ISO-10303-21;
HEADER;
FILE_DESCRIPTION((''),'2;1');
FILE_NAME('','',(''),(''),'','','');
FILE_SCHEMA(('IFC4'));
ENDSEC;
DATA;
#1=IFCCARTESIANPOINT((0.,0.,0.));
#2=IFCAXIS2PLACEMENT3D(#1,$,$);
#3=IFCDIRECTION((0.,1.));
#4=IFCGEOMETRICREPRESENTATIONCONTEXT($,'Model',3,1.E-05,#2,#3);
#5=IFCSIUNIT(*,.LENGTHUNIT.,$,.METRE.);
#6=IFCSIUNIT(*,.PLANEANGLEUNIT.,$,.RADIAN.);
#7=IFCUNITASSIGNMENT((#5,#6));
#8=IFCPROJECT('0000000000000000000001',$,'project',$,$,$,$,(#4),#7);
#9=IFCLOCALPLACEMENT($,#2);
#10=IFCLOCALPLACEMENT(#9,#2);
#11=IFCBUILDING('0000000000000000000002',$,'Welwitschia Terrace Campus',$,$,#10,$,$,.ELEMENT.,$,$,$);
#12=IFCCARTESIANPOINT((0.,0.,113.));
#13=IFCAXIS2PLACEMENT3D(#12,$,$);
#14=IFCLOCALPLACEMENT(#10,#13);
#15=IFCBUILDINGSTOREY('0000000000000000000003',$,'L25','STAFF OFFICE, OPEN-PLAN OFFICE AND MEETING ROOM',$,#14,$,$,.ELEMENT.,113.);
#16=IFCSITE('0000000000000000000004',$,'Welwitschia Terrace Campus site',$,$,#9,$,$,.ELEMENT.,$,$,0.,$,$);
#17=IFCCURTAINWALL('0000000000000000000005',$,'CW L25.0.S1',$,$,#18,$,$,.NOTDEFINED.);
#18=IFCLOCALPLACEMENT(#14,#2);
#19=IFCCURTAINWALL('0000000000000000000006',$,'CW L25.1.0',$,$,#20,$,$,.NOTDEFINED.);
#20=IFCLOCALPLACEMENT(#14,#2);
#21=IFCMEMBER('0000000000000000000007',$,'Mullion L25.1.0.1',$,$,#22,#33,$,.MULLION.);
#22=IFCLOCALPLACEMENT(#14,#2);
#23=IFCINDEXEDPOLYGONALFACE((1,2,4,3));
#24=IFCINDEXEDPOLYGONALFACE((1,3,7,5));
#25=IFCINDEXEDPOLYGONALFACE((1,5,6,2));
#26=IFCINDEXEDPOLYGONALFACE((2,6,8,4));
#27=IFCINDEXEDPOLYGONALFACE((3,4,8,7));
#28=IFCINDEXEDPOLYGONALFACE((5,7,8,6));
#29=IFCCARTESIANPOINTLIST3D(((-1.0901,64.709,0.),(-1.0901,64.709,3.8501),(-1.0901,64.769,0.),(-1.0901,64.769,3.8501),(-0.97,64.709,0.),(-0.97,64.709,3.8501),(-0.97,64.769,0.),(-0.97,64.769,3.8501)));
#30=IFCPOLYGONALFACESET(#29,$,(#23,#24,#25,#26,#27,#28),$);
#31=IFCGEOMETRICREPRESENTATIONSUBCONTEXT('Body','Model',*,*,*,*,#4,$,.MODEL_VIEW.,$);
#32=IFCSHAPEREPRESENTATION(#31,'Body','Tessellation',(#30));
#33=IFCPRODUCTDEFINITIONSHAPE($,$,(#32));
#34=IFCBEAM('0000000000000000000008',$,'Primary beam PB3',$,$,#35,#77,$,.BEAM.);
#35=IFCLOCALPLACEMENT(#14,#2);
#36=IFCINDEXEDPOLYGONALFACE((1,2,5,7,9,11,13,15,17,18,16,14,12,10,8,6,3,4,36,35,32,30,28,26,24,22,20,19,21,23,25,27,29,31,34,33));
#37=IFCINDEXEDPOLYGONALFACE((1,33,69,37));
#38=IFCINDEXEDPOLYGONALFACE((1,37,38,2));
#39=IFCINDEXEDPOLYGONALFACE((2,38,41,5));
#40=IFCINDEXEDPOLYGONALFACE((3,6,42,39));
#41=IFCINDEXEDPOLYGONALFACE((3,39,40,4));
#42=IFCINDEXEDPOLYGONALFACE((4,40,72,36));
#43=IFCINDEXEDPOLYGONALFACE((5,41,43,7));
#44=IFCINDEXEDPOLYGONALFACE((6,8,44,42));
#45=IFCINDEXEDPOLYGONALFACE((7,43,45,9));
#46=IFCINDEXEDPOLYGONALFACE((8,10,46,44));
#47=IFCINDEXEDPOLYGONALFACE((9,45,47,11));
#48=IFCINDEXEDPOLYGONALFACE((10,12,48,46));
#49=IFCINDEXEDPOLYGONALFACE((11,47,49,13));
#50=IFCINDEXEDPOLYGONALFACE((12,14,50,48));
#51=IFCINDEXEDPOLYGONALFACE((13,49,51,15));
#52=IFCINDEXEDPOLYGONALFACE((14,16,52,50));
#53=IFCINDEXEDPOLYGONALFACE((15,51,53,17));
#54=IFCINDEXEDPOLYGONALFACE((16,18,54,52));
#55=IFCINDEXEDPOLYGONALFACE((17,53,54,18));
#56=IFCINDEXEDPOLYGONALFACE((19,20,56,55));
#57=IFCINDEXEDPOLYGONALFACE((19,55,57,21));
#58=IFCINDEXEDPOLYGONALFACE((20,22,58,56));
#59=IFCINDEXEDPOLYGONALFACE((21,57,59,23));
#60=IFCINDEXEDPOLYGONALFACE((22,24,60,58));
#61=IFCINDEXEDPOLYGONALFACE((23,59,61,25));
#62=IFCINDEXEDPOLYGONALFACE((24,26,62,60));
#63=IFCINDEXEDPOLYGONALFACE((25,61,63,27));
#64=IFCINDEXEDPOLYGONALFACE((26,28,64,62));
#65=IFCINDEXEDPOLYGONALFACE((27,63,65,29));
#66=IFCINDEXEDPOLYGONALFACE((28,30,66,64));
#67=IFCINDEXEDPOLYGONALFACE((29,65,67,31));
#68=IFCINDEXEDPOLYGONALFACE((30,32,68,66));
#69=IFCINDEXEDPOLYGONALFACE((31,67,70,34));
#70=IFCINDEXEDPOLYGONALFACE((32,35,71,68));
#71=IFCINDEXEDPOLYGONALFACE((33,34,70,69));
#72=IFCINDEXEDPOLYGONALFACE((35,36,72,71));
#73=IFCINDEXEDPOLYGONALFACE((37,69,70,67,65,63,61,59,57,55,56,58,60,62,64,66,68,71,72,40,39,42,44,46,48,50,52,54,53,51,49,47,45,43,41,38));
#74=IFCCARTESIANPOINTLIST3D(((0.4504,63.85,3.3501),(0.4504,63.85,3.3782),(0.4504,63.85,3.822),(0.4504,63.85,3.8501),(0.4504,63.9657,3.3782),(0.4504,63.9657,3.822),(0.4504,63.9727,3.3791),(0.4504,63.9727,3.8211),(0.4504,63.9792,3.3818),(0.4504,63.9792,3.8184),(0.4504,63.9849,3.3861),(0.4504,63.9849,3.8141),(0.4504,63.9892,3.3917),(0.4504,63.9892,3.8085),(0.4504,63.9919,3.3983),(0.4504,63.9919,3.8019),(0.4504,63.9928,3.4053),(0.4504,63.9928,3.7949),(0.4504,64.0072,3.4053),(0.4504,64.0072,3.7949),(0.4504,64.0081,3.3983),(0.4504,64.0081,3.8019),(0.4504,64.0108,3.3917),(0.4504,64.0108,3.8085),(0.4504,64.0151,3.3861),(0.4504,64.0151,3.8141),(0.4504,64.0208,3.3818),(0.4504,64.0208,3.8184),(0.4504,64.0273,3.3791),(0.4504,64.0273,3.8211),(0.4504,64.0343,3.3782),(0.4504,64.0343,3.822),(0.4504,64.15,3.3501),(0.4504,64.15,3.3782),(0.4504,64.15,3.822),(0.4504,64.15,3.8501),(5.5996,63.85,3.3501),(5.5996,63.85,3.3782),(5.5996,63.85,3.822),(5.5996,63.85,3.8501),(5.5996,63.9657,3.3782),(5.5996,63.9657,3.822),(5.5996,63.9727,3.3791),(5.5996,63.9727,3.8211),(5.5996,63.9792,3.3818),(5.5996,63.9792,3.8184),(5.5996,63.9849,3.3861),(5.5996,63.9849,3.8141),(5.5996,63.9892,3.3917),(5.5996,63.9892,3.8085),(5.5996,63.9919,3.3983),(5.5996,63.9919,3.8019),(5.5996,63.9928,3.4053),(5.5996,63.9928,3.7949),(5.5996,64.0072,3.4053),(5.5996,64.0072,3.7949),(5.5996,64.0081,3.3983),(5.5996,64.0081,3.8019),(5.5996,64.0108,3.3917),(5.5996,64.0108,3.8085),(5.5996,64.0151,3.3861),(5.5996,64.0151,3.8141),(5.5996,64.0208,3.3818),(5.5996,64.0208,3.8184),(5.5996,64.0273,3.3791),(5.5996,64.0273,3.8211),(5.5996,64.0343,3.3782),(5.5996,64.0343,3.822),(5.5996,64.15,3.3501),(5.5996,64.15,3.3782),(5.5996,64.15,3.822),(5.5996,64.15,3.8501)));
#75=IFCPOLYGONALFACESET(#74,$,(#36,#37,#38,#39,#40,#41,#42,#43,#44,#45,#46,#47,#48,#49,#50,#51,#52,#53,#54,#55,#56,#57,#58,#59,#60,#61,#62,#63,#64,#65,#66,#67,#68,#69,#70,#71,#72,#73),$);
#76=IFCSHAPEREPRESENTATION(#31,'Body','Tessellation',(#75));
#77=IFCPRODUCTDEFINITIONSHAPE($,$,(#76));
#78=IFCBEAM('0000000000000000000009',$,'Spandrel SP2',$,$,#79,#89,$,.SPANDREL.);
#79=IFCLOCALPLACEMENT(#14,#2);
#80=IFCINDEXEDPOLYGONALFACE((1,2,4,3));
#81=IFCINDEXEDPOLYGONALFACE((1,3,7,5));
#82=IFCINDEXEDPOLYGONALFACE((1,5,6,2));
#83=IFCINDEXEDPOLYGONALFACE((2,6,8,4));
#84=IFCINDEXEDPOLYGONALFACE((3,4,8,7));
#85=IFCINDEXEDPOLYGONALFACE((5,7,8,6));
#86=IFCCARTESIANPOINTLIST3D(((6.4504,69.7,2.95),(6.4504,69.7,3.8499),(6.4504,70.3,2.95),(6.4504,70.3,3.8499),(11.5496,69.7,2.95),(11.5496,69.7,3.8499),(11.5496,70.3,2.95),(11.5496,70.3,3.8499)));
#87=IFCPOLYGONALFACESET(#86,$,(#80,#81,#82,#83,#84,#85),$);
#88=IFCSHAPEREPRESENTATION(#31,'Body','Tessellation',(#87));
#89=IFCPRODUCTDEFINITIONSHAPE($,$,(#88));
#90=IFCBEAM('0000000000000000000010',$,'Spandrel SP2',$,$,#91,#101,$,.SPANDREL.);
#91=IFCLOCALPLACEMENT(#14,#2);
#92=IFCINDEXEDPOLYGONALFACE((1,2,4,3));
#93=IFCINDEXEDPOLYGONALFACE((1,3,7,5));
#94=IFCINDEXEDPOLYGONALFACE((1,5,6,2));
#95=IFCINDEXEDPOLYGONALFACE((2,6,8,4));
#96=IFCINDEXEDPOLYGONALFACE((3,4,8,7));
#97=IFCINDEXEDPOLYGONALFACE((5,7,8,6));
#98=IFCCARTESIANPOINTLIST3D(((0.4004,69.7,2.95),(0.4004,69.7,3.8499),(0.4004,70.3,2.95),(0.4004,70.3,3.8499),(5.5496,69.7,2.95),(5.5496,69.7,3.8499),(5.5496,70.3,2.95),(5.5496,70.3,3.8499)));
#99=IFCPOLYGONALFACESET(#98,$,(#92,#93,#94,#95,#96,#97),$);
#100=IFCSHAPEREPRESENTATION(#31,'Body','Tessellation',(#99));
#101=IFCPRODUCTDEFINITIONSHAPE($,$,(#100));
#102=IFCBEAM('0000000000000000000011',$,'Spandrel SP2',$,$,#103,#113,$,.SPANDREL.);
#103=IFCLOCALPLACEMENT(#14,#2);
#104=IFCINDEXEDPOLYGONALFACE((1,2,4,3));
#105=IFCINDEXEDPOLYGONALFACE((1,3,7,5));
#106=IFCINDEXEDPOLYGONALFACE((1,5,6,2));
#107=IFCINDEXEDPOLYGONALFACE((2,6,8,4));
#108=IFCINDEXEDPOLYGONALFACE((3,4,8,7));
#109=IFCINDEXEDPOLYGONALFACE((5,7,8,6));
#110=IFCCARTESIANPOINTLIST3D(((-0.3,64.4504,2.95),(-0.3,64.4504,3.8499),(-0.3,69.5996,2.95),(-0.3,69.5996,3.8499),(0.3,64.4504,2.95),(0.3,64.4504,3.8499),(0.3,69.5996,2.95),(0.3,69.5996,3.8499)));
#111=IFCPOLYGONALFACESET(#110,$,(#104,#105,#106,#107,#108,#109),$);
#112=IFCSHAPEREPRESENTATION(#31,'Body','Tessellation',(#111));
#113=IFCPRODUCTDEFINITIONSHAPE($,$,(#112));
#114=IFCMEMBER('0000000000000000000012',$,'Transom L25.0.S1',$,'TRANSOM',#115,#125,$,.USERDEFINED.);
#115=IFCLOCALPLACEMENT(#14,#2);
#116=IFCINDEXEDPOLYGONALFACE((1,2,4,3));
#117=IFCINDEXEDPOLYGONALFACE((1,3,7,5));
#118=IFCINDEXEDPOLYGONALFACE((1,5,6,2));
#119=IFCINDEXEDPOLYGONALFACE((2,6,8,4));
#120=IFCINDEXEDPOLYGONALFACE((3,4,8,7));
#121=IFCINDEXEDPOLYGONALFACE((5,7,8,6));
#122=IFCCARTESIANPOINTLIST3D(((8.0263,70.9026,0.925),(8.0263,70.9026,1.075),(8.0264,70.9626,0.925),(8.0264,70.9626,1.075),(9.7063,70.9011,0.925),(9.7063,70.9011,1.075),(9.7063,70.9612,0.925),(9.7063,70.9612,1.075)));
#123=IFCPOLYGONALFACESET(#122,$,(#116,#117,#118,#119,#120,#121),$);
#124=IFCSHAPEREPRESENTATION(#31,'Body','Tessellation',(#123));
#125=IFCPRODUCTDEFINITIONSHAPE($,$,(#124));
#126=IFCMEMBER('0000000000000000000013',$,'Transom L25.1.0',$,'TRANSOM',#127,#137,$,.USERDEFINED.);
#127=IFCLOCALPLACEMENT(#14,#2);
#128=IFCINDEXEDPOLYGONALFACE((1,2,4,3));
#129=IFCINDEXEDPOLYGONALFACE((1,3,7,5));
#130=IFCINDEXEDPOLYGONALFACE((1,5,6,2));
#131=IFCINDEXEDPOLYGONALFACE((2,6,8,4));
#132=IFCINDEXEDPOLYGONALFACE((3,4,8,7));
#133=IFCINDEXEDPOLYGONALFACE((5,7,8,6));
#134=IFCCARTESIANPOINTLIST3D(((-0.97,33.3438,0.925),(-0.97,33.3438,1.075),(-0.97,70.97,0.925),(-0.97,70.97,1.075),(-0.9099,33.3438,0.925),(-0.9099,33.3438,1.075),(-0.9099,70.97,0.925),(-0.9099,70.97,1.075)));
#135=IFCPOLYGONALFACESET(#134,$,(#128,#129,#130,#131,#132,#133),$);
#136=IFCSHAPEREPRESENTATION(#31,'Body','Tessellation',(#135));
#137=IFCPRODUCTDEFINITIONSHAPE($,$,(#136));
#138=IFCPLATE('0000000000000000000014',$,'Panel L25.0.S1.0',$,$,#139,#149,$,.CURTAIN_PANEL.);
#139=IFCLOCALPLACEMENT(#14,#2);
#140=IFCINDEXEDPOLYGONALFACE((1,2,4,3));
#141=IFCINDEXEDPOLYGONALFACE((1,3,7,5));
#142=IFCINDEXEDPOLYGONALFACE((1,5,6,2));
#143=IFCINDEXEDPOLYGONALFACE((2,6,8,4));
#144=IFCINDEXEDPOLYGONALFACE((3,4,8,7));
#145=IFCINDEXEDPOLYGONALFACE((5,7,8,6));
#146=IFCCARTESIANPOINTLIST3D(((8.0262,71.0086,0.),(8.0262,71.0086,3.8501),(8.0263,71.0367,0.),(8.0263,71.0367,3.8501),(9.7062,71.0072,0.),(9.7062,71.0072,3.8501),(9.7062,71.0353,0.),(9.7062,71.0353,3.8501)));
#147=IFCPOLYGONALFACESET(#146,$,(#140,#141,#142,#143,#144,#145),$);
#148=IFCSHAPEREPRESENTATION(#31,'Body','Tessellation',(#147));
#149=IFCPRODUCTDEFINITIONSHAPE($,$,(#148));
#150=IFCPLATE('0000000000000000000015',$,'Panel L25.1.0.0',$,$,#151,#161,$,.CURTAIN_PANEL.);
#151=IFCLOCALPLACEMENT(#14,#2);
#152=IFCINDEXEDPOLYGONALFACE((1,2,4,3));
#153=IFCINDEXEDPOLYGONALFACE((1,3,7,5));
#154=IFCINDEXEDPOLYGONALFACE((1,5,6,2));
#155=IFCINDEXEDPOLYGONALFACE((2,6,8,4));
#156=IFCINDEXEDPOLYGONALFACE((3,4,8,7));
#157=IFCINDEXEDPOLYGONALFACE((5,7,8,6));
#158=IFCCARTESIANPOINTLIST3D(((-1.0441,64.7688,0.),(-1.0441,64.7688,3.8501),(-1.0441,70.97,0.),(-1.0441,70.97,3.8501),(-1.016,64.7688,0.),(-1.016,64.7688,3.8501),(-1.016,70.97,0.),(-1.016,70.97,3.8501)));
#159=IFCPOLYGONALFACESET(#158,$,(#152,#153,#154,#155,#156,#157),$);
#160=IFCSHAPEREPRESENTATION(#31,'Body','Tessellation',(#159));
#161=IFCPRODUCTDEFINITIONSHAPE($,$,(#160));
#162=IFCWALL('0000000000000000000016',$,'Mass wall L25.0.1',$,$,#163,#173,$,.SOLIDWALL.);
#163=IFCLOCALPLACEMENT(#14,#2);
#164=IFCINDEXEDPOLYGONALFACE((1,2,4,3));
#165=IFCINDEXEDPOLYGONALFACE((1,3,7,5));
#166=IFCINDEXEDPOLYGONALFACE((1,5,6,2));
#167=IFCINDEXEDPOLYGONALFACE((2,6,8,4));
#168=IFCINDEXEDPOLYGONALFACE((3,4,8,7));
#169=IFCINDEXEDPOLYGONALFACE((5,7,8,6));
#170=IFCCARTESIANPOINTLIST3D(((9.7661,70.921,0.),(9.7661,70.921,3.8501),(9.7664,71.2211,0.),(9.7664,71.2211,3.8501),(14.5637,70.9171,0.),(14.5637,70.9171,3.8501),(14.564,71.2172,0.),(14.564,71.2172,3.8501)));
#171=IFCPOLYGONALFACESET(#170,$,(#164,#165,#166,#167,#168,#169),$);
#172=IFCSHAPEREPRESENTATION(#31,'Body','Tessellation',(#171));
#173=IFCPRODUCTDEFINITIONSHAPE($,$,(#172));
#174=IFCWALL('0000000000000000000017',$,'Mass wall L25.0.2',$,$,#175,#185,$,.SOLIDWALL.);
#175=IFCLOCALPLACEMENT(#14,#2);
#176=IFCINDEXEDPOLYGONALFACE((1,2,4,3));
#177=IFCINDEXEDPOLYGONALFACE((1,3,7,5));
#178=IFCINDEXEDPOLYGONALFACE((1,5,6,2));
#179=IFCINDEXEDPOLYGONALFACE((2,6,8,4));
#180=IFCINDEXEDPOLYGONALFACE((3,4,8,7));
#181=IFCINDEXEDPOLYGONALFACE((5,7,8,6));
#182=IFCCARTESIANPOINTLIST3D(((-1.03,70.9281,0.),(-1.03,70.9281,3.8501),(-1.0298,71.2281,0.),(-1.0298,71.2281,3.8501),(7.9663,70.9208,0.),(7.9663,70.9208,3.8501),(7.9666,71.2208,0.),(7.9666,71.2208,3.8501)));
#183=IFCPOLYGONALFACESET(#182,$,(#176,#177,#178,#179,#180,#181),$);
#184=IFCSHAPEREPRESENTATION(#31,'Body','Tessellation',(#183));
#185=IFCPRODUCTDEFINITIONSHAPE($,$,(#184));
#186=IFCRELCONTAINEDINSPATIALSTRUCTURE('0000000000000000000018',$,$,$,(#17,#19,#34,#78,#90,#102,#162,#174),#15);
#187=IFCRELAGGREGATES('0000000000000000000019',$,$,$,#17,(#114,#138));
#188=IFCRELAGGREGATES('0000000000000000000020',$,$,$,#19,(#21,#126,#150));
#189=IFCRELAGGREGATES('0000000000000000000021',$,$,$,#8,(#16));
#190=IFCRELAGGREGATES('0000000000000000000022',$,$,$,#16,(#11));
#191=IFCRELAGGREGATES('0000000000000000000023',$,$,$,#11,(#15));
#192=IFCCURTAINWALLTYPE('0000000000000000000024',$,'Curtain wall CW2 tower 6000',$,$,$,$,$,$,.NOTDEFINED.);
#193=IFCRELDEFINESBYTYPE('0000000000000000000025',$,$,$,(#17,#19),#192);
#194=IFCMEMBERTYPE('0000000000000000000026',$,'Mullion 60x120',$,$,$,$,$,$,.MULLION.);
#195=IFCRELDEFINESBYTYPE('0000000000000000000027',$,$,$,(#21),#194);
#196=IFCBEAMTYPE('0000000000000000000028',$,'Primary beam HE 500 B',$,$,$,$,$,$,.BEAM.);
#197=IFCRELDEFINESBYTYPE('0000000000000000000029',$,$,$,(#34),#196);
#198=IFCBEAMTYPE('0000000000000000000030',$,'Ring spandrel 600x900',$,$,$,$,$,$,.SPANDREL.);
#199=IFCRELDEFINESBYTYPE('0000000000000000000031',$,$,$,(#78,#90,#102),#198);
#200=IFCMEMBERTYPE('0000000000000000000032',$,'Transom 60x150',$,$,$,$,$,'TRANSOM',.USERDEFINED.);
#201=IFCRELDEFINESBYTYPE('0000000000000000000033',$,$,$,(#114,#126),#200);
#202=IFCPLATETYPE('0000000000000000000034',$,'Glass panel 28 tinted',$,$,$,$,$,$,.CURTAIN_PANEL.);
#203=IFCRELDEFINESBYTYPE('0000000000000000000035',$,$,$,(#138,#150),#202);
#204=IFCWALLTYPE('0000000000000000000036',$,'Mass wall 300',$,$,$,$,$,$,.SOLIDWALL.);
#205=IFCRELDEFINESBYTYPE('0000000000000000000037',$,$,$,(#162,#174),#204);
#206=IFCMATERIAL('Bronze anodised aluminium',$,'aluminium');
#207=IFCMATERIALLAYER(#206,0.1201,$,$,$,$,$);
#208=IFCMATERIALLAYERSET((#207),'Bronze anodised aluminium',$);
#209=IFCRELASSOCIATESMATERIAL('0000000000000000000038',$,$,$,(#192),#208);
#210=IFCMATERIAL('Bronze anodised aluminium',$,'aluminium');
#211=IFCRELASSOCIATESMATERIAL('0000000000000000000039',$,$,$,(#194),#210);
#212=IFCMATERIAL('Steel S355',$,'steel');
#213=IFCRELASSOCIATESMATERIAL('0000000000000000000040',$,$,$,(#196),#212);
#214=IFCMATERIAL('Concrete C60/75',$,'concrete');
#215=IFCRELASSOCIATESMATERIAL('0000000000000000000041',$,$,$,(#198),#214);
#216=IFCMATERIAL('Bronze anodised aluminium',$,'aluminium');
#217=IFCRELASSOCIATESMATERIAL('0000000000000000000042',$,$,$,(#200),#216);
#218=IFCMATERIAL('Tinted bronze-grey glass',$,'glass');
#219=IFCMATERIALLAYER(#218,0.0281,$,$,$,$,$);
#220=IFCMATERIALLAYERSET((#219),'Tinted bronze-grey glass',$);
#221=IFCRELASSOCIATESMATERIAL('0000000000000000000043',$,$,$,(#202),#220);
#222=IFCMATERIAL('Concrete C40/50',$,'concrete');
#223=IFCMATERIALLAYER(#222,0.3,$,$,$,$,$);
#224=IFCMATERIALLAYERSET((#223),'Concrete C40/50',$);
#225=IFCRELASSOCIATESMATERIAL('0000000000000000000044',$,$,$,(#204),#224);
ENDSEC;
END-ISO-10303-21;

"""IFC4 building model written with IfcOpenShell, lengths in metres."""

from ifc_helpers import new_model, si_unit, direction, frame, frame_2d, origin, origin_2d, place, context, subcontext, project, spatial, rectangle, i_section, extrude, material, layer, layer_set, material_profile, profile_set, type_object, element, aggregate, save


model = new_model("IFC4")

# Units and contexts
model_context = context("Model", 3, precision=1e-05, world=origin(), true_north=direction((0.0, 1.0)))
body_context = subcontext(model_context, "Body", "Model", "MODEL_VIEW")
ifc_project = project(units=[si_unit("LENGTHUNIT", "METRE"), si_unit("PLANEANGLEUNIT", "RADIAN")], contexts=[model_context])

# Site, building, storey
site_placement = place(None, origin())
site = spatial("IfcSite", under=ifc_project, at=site_placement, Name="Welwitschia Terrace Campus site", CompositionType="ELEMENT", RefElevation=0.0)
building_placement = place(site_placement, origin())
building = spatial("IfcBuilding", under=site, at=building_placement, Name="Welwitschia Terrace Campus", CompositionType="ELEMENT")
storey_placement = place(building_placement, frame((0.0, 0.0, 113.0)))
storey = spatial("IfcBuildingStorey", under=building, at=storey_placement, Name="L25", Description="STAFF OFFICE, OPEN-PLAN OFFICE AND MEETING ROOM", CompositionType="ELEMENT", Elevation=113.0)

# Curtain walls, member
ifc_material_1 = material(Name="Bronze anodised aluminium", Category="aluminium")
ifc_layer_1 = layer(ifc_material_1, 0.1201)
ifc_layer_set_1 = layer_set([ifc_layer_1], Name="Bronze anodised aluminium")
curtain_wall_type = type_object("IfcCurtainWallType", Name="Curtain wall CW2 tower 6000", PredefinedType="NOTDEFINED", material=ifc_layer_set_1)
curtain_wall_1_placement = place(storey_placement, origin())
curtain_wall_1 = element("IfcCurtainWall", 1, at=curtain_wall_1_placement, inside=storey, type_object=curtain_wall_type, Name="CW L25.0.S1", PredefinedType="NOTDEFINED")
ifc_material_2 = material(Name="Bronze anodised aluminium", Category="aluminium")
ifc_material_profile_1 = material_profile(ifc_material_2, rectangle(XDim=0.1201, YDim=0.0601, at=origin_2d()))
ifc_profile_set_1 = profile_set([ifc_material_profile_1], Name="Bronze anodised aluminium")
member_type_1 = type_object("IfcMemberType", Name="Mullion 60x120", PredefinedType="MULLION", material=ifc_profile_set_1)
curtain_wall_2_placement = place(storey_placement, origin())
curtain_wall_2 = element("IfcCurtainWall", 2, at=curtain_wall_2_placement, inside=storey, type_object=curtain_wall_type, Name="CW L25.1.0", PredefinedType="NOTDEFINED")
member_1_placement = place(storey_placement, frame((-1.03, 64.739, 0.0), z_axis=(0.0, 0.0, 1.0), x_axis=(1.0, 0.0, 0.0)))
member_1 = element("IfcMember", 3, at=member_1_placement, type_object=member_type_1, Name="Mullion L25.1.0.1", PredefinedType="MULLION", context=body_context, shape_type="SweptSolid", body=[
    extrude(rectangle(XDim=0.1201, YDim=0.0601, at=origin_2d()), origin(), (0.0, 0.0, 1.0), 3.8501),
])

# Beams
ifc_material_3 = material(Name="Steel S355", Category="steel")
ifc_material_profile_2 = material_profile(ifc_material_3, i_section(OverallWidth=0.3, OverallDepth=0.5, WebThickness=0.0144, FlangeThickness=0.0281, FilletRadius=0.0271, at=origin_2d()))
ifc_profile_set_2 = profile_set([ifc_material_profile_2], Name="Steel S355")
beam_type_1 = type_object("IfcBeamType", Name="Primary beam HE 500 B", PredefinedType="BEAM", material=ifc_profile_set_2)
beam_1_placement = place(storey_placement, frame((0.4504, 64.0, 3.6001), z_axis=(1.0, 0.0, 0.0), x_axis=(0.0, 1.0, 0.0)))
element("IfcBeam", 4, at=beam_1_placement, inside=storey, type_object=beam_type_1, Name="Primary beam PB3", PredefinedType="BEAM", context=body_context, shape_type="SweptSolid", body=[
    extrude(i_section(OverallWidth=0.3, OverallDepth=0.5, WebThickness=0.0144, FlangeThickness=0.0281, FilletRadius=0.0271, at=origin_2d()), origin(), (0.0, 0.0, 1.0), 5.1492),
])
ifc_material_4 = material(Name="Concrete C60/75", Category="concrete")
ifc_material_profile_3 = material_profile(ifc_material_4, rectangle(XDim=0.6001, YDim=0.8999, at=origin_2d()))
ifc_profile_set_3 = profile_set([ifc_material_profile_3], Name="Concrete C60/75")
beam_type_2 = type_object("IfcBeamType", Name="Ring spandrel 600x900", PredefinedType="SPANDREL", material=ifc_profile_set_3)
beam_2_placement = place(storey_placement, frame((11.5496, 70.0, 3.3999), z_axis=(-1.0, 0.0, 0.0), x_axis=(0.0, -1.0, 0.0)))
element("IfcBeam", 5, at=beam_2_placement, inside=storey, type_object=beam_type_2, Name="Spandrel SP2", PredefinedType="SPANDREL", context=body_context, shape_type="SweptSolid", body=[
    extrude(rectangle(XDim=0.6001, YDim=0.8999, at=origin_2d()), origin(), (0.0, 0.0, 1.0), 5.0991),
])
for number, where, z_axis, x_axis, name in (
    (6, (5.5496, 70.0, 3.3999), (-1.0, 0.0, 0.0), (0.0, -1.0, 0.0), "Spandrel SP2"),
    (7, (0.0, 69.5996, 3.3999), (0.0, -1.0, 0.0), (1.0, 0.0, 0.0), "Spandrel SP2"),
):
    element("IfcBeam", number, at=place(storey_placement, frame(where, z_axis=z_axis, x_axis=x_axis)), inside=storey, type_object=beam_type_2, Name=name, PredefinedType="SPANDREL", context=body_context, shape_type="SweptSolid", body=[
        extrude(rectangle(XDim=0.6001, YDim=0.8999, at=origin_2d()), origin(), (0.0, 0.0, 1.0), 5.1492),
    ])

# Members
ifc_material_5 = material(Name="Bronze anodised aluminium", Category="aluminium")
ifc_material_profile_4 = material_profile(ifc_material_5, rectangle(XDim=0.0601, YDim=0.1499, at=origin_2d()))
ifc_profile_set_4 = profile_set([ifc_material_profile_4], Name="Bronze anodised aluminium")
member_type_2 = type_object("IfcMemberType", Name="Transom 60x150", ElementType="TRANSOM", PredefinedType="USERDEFINED", material=ifc_profile_set_4)
member_2_placement = place(storey_placement, frame((9.7063, 70.9312, 1.0), z_axis=(-1.0, 0.000872, 0.0), x_axis=(-0.000872, -1.0, 0.0)))
member_2 = element("IfcMember", 8, at=member_2_placement, type_object=member_type_2, Name="Transom L25.0.S1", ObjectType="TRANSOM", PredefinedType="USERDEFINED", context=body_context, shape_type="SweptSolid", body=[
    extrude(rectangle(XDim=0.0601, YDim=0.1499, at=origin_2d()), origin(), (0.0, 0.0, 1.0), 1.6799),
])
member_3_placement = place(storey_placement, frame((-0.9399, 70.97, 1.0), z_axis=(0.0, -1.0, 0.0), x_axis=(1.0, 0.0, 0.0)))
member_3 = element("IfcMember", 9, at=member_3_placement, type_object=member_type_2, Name="Transom L25.1.0", ObjectType="TRANSOM", PredefinedType="USERDEFINED", context=body_context, shape_type="SweptSolid", body=[
    extrude(rectangle(XDim=0.0601, YDim=0.1499, at=origin_2d()), origin(), (0.0, 0.0, 1.0), 37.6262),
])

# Plates
ifc_material_6 = material(Name="Tinted bronze-grey glass", Category="glass")
ifc_layer_2 = layer(ifc_material_6, 0.0281)
ifc_layer_set_2 = layer_set([ifc_layer_2], Name="Tinted bronze-grey glass")
plate_type = type_object("IfcPlateType", Name="Glass panel 28 tinted", PredefinedType="CURTAIN_PANEL", material=ifc_layer_set_2)
plate_1_placement = place(storey_placement, frame((8.8662, 71.022, 0.0), z_axis=(0.0, 0.0, 1.0), x_axis=(-1.0, 0.000824, 0.0)))
plate_1 = element("IfcPlate", 10, at=plate_1_placement, type_object=plate_type, Name="Panel L25.0.S1.0", PredefinedType="CURTAIN_PANEL", context=body_context, shape_type="SweptSolid", body=[
    extrude(rectangle(XDim=1.6799, YDim=0.0281, at=origin_2d()), origin(), (0.0, 0.0, 1.0), 3.8501),
])
aggregate(curtain_wall_1, [member_2, plate_1])
plate_2_placement = place(storey_placement, frame((-1.03, 67.8694, 0.0), z_axis=(0.0, 0.0, 1.0), x_axis=(0.0, -1.0, 0.0)))
plate_2 = element("IfcPlate", 11, at=plate_2_placement, type_object=plate_type, Name="Panel L25.1.0.0", PredefinedType="CURTAIN_PANEL", context=body_context, shape_type="SweptSolid", body=[
    extrude(rectangle(XDim=6.2012, YDim=0.0281, at=origin_2d()), origin(), (0.0, 0.0, 1.0), 3.8501),
])
aggregate(curtain_wall_2, [member_1, member_3, plate_2])

# Walls
ifc_material_7 = material(Name="Concrete C40/50", Category="concrete")
ifc_layer_3 = layer(ifc_material_7, 0.3)
ifc_layer_set_3 = layer_set([ifc_layer_3], Name="Concrete C40/50")
wall_type = type_object("IfcWallType", Name="Mass wall 300", PredefinedType="SOLIDWALL", material=ifc_layer_set_3)
wall_1_placement = place(storey_placement, frame((14.564, 71.0671, 0.0), z_axis=(0.0, 0.0, 1.0), x_axis=(-1.0, 0.000814, 0.0)))
element("IfcWall", 12, at=wall_1_placement, inside=storey, type_object=wall_type, Name="Mass wall L25.0.1", PredefinedType="SOLIDWALL", context=body_context, shape_type="SweptSolid", body=[
    extrude(rectangle(XDim=4.7976, YDim=0.3, at=frame_2d((2.3989, 0.0))), origin(), (0.0, 0.0, 1.0), 3.8501),
])
wall_2_placement = place(storey_placement, frame((7.9663, 71.0708, 0.0), z_axis=(0.0, 0.0, 1.0), x_axis=(-1.0, 0.000814, 0.0)))
element("IfcWall", 13, at=wall_2_placement, inside=storey, type_object=wall_type, Name="Mass wall L25.0.2", PredefinedType="SOLIDWALL", context=body_context, shape_type="SweptSolid", body=[
    extrude(rectangle(XDim=8.9963, YDim=0.3, at=frame_2d((4.498, 0.0))), origin(), (0.0, 0.0, 1.0), 3.8501),
])

save(model, "model.ifc")
